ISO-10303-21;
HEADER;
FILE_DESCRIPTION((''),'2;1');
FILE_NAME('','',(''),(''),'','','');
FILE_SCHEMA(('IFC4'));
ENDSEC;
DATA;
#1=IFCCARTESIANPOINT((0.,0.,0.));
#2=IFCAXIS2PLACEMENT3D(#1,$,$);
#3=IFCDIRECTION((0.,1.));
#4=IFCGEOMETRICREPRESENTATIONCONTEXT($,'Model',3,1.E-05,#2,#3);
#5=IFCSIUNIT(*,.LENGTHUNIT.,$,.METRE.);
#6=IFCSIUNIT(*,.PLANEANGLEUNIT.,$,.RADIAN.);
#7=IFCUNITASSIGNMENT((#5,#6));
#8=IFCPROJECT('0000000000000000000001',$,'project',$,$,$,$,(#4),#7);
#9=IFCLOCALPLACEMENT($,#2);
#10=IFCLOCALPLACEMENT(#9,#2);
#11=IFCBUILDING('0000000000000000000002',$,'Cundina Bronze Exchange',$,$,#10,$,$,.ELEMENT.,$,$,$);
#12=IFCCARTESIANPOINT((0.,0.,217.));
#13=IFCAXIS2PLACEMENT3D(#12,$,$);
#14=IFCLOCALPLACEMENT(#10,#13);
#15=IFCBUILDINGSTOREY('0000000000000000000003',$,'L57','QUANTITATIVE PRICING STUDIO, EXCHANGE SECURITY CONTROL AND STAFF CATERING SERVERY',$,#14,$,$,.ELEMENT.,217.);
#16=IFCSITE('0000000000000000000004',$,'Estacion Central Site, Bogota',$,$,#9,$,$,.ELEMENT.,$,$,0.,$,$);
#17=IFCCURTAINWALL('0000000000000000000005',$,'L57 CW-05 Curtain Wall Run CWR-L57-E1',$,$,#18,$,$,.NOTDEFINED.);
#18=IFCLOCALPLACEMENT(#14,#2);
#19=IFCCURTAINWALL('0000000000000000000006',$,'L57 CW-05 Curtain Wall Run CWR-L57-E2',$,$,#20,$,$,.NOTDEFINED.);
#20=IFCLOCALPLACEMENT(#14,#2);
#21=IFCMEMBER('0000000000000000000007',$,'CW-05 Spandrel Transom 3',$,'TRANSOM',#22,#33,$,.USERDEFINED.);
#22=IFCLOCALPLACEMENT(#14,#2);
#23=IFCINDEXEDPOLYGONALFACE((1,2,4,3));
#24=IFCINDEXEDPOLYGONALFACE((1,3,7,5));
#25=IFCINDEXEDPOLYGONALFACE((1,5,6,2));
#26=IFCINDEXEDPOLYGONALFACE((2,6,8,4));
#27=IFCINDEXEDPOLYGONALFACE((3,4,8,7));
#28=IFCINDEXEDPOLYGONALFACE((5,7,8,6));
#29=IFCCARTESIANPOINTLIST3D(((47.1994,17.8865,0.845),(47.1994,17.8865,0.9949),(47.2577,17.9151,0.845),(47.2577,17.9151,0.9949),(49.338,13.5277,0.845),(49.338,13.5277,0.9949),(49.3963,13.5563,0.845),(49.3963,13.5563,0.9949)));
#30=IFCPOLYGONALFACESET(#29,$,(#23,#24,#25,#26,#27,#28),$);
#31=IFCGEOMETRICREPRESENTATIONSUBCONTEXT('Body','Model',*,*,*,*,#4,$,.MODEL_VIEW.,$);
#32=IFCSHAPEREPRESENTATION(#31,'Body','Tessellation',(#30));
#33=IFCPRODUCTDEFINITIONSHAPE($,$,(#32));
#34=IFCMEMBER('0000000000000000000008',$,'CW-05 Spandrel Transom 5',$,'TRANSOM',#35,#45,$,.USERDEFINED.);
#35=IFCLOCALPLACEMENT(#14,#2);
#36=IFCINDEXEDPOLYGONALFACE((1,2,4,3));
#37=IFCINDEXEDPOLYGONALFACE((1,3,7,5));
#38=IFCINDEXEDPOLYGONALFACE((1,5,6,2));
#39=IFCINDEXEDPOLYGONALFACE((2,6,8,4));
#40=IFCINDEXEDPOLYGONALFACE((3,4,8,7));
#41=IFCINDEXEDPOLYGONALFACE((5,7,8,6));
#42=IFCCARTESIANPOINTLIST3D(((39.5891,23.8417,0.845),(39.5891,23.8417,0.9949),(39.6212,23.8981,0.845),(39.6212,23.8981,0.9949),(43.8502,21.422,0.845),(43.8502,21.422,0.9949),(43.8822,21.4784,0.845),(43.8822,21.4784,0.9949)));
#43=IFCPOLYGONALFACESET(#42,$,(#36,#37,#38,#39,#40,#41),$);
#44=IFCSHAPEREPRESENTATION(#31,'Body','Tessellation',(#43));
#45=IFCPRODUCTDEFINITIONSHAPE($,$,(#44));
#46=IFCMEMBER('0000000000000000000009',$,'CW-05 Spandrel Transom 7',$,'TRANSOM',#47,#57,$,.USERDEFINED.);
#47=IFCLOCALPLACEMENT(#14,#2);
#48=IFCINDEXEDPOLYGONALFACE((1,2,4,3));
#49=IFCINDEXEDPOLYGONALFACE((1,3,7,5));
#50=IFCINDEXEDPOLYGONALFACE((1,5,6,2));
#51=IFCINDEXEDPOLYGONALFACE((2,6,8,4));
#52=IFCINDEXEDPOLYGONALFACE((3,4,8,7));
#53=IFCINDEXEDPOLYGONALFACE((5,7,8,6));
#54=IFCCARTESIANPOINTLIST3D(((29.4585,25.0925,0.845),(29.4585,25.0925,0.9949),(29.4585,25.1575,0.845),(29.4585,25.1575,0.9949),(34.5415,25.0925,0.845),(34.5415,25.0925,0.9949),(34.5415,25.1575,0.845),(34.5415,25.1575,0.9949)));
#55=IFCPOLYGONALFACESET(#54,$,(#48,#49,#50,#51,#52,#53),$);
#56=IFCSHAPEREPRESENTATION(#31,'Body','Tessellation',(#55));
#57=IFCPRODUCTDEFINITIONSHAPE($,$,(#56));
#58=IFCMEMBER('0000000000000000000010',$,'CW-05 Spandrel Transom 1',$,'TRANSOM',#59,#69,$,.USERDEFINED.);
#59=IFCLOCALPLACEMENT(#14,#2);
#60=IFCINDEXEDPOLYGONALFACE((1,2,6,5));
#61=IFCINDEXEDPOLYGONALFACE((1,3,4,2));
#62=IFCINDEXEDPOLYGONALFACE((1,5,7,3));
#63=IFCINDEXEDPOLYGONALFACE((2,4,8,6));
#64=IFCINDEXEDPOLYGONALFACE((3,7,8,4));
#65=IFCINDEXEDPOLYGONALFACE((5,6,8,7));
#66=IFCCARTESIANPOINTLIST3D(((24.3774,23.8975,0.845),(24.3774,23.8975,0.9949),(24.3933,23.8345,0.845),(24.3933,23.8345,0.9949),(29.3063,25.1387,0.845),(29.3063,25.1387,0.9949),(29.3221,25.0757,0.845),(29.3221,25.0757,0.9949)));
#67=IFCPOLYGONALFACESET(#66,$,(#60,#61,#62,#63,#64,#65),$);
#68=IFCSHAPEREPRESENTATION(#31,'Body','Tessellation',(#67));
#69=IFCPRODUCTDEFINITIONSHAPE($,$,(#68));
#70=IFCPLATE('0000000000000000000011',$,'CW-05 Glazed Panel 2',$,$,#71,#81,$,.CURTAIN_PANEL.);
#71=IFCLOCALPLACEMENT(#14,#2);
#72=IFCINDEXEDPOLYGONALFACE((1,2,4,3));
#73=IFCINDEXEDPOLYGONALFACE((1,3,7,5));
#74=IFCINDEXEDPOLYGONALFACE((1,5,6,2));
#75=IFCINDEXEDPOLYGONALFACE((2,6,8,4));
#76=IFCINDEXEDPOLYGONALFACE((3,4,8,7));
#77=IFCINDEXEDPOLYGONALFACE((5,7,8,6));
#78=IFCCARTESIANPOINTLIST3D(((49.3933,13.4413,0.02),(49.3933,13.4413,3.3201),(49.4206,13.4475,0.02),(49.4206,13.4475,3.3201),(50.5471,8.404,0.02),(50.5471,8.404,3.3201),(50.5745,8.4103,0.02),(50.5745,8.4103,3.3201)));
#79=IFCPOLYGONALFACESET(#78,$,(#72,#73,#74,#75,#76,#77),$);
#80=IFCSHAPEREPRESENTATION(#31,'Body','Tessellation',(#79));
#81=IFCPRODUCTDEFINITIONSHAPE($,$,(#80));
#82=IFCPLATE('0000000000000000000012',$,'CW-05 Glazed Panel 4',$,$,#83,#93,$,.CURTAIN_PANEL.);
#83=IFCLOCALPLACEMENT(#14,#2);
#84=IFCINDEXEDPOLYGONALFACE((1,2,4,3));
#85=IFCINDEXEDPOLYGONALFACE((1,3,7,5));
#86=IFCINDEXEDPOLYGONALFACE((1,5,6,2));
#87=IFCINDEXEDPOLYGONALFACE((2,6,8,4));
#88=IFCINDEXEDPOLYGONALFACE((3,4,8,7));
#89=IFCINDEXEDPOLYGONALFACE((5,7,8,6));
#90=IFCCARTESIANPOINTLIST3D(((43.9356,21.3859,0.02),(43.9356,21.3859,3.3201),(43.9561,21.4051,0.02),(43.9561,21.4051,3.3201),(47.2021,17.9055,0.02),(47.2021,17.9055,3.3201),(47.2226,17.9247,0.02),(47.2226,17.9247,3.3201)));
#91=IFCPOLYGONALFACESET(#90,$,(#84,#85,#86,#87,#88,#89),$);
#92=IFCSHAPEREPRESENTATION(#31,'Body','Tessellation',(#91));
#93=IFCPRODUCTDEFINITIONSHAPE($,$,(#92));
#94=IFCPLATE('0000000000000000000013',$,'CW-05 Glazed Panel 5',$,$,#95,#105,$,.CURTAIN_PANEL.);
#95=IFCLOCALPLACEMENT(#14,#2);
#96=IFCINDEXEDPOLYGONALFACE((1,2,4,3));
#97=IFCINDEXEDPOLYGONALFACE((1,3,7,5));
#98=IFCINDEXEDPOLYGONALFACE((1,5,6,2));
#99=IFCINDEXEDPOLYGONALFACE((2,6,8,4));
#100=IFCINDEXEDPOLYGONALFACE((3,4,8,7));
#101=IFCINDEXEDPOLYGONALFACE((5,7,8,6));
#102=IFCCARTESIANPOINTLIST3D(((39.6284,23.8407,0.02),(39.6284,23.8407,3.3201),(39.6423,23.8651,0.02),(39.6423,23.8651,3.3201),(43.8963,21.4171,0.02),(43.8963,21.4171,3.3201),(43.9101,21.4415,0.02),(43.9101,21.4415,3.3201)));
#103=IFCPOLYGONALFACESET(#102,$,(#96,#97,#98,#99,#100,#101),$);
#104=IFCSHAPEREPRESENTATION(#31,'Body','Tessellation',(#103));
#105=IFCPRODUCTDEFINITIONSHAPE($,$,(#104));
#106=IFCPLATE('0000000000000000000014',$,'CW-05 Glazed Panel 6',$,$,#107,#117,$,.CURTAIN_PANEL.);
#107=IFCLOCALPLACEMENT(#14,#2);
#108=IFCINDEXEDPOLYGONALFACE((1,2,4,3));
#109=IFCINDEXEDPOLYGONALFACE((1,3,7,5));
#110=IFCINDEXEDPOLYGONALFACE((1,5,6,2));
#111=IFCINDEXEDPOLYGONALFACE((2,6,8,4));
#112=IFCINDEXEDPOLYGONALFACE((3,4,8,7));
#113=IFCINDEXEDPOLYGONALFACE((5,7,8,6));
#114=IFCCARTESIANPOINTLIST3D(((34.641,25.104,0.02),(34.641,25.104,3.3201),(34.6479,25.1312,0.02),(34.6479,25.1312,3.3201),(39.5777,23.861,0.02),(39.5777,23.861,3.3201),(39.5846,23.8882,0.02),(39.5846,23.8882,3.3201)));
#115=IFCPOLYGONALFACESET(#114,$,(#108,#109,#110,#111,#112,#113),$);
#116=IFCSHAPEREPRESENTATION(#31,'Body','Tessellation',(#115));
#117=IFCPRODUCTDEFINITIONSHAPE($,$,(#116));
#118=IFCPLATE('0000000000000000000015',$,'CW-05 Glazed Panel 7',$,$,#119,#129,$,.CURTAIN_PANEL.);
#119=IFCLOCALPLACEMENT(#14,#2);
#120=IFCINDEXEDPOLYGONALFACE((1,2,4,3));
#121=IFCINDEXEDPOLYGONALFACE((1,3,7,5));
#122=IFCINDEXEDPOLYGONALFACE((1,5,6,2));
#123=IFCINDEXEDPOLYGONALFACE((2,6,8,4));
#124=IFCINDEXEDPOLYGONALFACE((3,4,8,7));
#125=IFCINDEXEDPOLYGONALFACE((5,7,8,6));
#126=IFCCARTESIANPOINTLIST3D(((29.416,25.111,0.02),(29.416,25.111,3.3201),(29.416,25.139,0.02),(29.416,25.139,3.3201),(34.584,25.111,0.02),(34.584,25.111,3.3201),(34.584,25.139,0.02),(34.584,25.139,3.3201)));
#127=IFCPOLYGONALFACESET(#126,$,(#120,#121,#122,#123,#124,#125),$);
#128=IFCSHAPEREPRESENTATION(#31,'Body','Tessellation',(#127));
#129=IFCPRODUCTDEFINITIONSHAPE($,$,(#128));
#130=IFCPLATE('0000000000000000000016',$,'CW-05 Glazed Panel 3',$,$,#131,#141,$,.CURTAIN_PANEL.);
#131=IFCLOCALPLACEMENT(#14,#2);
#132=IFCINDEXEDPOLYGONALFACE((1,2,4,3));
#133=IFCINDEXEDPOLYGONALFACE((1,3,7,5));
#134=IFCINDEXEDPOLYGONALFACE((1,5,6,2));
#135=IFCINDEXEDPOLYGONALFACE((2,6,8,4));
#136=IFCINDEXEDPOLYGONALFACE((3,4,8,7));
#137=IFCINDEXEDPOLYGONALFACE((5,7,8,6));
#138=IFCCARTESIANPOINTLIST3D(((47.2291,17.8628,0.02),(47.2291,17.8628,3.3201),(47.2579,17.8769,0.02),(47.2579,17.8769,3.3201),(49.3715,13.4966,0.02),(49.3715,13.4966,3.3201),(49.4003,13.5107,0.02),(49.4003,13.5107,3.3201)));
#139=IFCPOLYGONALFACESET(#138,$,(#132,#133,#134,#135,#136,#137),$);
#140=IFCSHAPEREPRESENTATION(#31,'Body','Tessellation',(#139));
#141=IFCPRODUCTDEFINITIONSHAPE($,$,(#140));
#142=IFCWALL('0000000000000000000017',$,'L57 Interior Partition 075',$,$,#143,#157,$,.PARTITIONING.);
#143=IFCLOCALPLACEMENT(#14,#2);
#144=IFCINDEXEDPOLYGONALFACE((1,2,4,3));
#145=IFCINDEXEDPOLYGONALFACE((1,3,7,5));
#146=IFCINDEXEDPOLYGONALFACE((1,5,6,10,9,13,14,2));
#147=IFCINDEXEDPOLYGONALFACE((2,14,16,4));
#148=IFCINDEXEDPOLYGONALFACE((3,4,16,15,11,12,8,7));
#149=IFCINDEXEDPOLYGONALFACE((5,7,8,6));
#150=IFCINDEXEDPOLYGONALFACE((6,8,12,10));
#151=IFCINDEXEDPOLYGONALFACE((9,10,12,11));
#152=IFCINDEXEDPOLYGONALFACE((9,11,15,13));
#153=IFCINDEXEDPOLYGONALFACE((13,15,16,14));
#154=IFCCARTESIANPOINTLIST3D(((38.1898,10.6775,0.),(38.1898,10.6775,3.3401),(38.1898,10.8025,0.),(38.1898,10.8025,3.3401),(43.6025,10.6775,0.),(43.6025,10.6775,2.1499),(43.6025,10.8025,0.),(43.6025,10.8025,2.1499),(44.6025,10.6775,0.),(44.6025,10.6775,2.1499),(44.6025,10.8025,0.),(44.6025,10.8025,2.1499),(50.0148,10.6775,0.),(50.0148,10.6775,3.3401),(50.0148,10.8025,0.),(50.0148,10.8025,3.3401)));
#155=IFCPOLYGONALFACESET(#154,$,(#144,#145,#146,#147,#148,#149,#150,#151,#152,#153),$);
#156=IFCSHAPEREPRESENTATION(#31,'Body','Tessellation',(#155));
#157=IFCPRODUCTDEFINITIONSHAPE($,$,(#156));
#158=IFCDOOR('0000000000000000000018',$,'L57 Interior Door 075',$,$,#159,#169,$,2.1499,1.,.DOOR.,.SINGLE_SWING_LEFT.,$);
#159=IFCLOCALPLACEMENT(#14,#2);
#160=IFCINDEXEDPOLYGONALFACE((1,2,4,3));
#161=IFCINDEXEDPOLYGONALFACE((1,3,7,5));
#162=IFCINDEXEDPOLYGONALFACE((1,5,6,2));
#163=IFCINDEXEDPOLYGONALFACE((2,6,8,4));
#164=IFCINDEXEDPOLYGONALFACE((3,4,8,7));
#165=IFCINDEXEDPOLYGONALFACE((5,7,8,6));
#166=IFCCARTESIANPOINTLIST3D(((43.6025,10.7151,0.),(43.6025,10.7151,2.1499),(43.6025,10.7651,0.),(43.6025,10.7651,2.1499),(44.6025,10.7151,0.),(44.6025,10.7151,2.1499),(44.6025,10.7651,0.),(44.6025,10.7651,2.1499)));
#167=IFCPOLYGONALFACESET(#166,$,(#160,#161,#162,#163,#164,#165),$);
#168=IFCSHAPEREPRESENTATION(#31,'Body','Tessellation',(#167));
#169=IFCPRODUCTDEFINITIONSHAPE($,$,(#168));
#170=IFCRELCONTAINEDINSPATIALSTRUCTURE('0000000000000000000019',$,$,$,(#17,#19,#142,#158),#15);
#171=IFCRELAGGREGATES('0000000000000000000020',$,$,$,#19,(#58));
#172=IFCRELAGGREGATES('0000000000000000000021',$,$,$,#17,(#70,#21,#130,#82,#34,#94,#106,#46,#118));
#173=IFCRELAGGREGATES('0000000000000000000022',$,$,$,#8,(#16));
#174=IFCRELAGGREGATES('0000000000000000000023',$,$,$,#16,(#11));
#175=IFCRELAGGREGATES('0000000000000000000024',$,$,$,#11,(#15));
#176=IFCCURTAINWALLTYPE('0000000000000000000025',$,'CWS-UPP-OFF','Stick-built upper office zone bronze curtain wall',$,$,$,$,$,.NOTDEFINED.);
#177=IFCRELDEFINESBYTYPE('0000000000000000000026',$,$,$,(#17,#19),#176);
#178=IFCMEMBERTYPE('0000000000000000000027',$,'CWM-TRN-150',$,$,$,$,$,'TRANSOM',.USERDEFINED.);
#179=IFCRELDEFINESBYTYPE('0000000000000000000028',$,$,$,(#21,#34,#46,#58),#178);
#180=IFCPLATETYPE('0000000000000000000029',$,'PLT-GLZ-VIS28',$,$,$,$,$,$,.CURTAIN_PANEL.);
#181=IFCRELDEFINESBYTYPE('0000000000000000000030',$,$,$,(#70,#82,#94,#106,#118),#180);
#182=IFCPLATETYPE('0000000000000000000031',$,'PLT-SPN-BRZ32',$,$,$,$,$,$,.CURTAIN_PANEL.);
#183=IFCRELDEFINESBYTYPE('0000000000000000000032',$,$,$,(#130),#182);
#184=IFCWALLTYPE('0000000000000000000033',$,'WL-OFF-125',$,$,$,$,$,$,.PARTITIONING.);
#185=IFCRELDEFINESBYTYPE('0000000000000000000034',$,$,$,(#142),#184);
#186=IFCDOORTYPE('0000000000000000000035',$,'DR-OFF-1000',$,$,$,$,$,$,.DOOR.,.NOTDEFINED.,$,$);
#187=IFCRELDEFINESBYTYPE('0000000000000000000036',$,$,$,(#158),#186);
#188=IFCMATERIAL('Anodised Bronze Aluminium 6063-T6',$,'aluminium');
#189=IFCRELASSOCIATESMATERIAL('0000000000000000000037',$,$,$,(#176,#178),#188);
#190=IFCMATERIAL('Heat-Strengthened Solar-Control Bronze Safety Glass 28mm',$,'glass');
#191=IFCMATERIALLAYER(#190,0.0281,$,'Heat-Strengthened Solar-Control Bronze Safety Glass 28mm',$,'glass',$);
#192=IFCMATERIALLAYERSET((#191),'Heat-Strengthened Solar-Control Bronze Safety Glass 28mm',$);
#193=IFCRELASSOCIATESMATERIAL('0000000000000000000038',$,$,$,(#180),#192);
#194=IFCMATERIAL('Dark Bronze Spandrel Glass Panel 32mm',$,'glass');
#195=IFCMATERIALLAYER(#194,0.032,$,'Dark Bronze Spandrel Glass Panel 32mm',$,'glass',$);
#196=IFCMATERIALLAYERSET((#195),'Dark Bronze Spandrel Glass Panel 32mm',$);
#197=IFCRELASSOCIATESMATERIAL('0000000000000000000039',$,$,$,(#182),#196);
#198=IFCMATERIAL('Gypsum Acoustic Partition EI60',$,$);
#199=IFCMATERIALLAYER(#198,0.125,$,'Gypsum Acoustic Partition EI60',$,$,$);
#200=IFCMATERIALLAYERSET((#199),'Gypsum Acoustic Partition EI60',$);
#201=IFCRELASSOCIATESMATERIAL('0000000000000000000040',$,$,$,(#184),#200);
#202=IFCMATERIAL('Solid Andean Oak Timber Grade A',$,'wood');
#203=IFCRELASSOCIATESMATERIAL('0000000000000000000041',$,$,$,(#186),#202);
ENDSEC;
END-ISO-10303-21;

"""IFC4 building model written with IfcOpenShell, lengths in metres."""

from ifc_helpers import new_model, si_unit, direction, frame, frame_2d, origin, origin_2d, place, context, subcontext, project, spatial, rectangle, extrude, material, layer, layer_set, material_profile, profile_set, type_object, element, fill, aggregate, save


model = new_model("IFC4")

# Units and contexts
model_context = context("Model", 3, precision=1e-05, world=origin(), true_north=direction((0.0, 1.0)))
body_context = subcontext(model_context, "Body", "Model", "MODEL_VIEW")
ifc_project = project(units=[si_unit("LENGTHUNIT", "METRE"), si_unit("PLANEANGLEUNIT", "RADIAN")], contexts=[model_context])

# Site, building, storey
site_placement = place(None, origin())
site = spatial("IfcSite", under=ifc_project, at=site_placement, Name="Estacion Central Site, Bogota", CompositionType="ELEMENT", RefElevation=0.0)
building_placement = place(site_placement, origin())
building = spatial("IfcBuilding", under=site, at=building_placement, Name="Cundina Bronze Exchange", CompositionType="ELEMENT")
storey_placement = place(building_placement, frame((0.0, 0.0, 217.0)))
storey = spatial("IfcBuildingStorey", under=building, at=storey_placement, Name="L57", Description="QUANTITATIVE PRICING STUDIO, EXCHANGE SECURITY CONTROL AND STAFF CATERING SERVERY", CompositionType="ELEMENT", Elevation=217.0)

# Curtain wall
ifc_material_1 = material(Name="Anodised Bronze Aluminium 6063-T6", Category="aluminium")
curtain_wall_type = type_object("IfcCurtainWallType", Name="CWS-UPP-OFF", Description="Stick-built upper office zone bronze curtain wall", PredefinedType="NOTDEFINED", material=ifc_material_1)
curtain_wall_1_placement = place(storey_placement, origin())
curtain_wall_1 = element("IfcCurtainWall", 1, at=curtain_wall_1_placement, inside=storey, type_object=curtain_wall_type, Name="L57 CW-05 Curtain Wall Run CWR-L57-E1", PredefinedType="NOTDEFINED")

# Curtain wall
curtain_wall_2_placement = place(storey_placement, origin())
curtain_wall_2 = element("IfcCurtainWall", 2, at=curtain_wall_2_placement, inside=storey, type_object=curtain_wall_type, Name="L57 CW-05 Curtain Wall Run CWR-L57-E2", PredefinedType="NOTDEFINED")

# Members
ifc_material_profile_1 = material_profile(ifc_material_1, rectangle(XDim=0.0649, YDim=0.1499, at=origin_2d()), Name="AL65X150", Category="aluminium")
ifc_profile_set_1 = profile_set([ifc_material_profile_1], Name="Anodised Bronze Aluminium 6063-T6")
member_type_1 = type_object("IfcMemberType", Name="CWM-TRN-150", ElementType="TRANSOM", PredefinedType="USERDEFINED", material=ifc_profile_set_1)
member_1_placement = place(storey_placement, frame((49.3672, 13.542, 0.9199), z_axis=(-0.440483, 0.897761, 0.0), x_axis=(-0.897761, -0.440483, 0.0)))
member_1 = element("IfcMember", 3, at=member_1_placement, type_object=member_type_1, Name="CW-05 Spandrel Transom 3", ObjectType="TRANSOM", PredefinedType="USERDEFINED", context=body_context, shape_type="SweptSolid", body=[
    extrude(rectangle(XDim=0.0649, YDim=0.1499, at=origin_2d()), origin(), (0.0, 0.0, 1.0), 4.8552),
])
member_2_placement = place(storey_placement, frame((43.8662, 21.4502, 0.9199), z_axis=(-0.869574, 0.493803, 0.0), x_axis=(-0.493803, -0.869574, 0.0)))
member_2 = element("IfcMember", 4, at=member_2_placement, type_object=member_type_1, Name="CW-05 Spandrel Transom 5", ObjectType="TRANSOM", PredefinedType="USERDEFINED", context=body_context, shape_type="SweptSolid", body=[
    extrude(rectangle(XDim=0.0649, YDim=0.1499, at=origin_2d()), origin(), (0.0, 0.0, 1.0), 4.9001),
])
member_3_placement = place(storey_placement, frame((34.5415, 25.125, 0.9199), z_axis=(-1.0, 0.0, 0.0), x_axis=(0.0, -1.0, 0.0)))
member_3 = element("IfcMember", 5, at=member_3_placement, type_object=member_type_1, Name="CW-05 Spandrel Transom 7", ObjectType="TRANSOM", PredefinedType="USERDEFINED", context=body_context, shape_type="SweptSolid", body=[
    extrude(rectangle(XDim=0.0649, YDim=0.1499, at=origin_2d()), origin(), (0.0, 0.0, 1.0), 5.083),
])
member_4_placement = place(storey_placement, frame((29.3142, 25.1072, 0.9199), z_axis=(-0.969726, -0.244197, 0.0), x_axis=(0.244197, -0.969726, 0.0)))
member_4 = element("IfcMember", 6, at=member_4_placement, type_object=member_type_1, Name="CW-05 Spandrel Transom 1", ObjectType="TRANSOM", PredefinedType="USERDEFINED", context=body_context, shape_type="SweptSolid", body=[
    extrude(rectangle(XDim=0.0649, YDim=0.1499, at=origin_2d()), origin(), (0.0, 0.0, 1.0), 5.0828),
])
aggregate(curtain_wall_2, [member_4])

# Plates
ifc_material_2 = material(Name="Heat-Strengthened Solar-Control Bronze Safety Glass 28mm", Category="glass")
ifc_layer_1 = layer(ifc_material_2, 0.0281, Name="Heat-Strengthened Solar-Control Bronze Safety Glass 28mm", Category="glass")
ifc_layer_set_1 = layer_set([ifc_layer_1], Name="Heat-Strengthened Solar-Control Bronze Safety Glass 28mm")
plate_type_1 = type_object("IfcPlateType", Name="PLT-GLZ-VIS28", PredefinedType="CURTAIN_PANEL", material=ifc_layer_set_1)
plate_1_placement = place(storey_placement, frame((49.9839, 10.9258, 0.02), z_axis=(0.0, 0.0, 1.0), x_axis=(-0.223284, 0.974753, 0.0)))
plate_1 = element("IfcPlate", 7, at=plate_1_placement, type_object=plate_type_1, Name="CW-05 Glazed Panel 2", PredefinedType="CURTAIN_PANEL", context=body_context, shape_type="SweptSolid", body=[
    extrude(rectangle(XDim=5.1677, YDim=0.0281, at=origin_2d()), origin(), (0.0, 0.0, 1.0), 3.3),
])
plate_2_placement = place(storey_placement, frame((45.5791, 19.6553, 0.02), z_axis=(0.0, 0.0, 1.0), x_axis=(-0.684344, 0.72916, 0.0)))
plate_2 = element("IfcPlate", 8, at=plate_2_placement, type_object=plate_type_1, Name="CW-05 Glazed Panel 4", PredefinedType="CURTAIN_PANEL", context=body_context, shape_type="SweptSolid", body=[
    extrude(rectangle(XDim=4.7732, YDim=0.0281, at=origin_2d()), origin(), (0.0, 0.0, 1.0), 3.3),
])
plate_3_placement = place(storey_placement, frame((41.7693, 22.6411, 0.02), z_axis=(0.0, 0.0, 1.0), x_axis=(-0.869573, 0.493805, 0.0)))
plate_3 = element("IfcPlate", 9, at=plate_3_placement, type_object=plate_type_1, Name="CW-05 Glazed Panel 5", PredefinedType="CURTAIN_PANEL", context=body_context, shape_type="SweptSolid", body=[
    extrude(rectangle(XDim=4.908, YDim=0.0281, at=origin_2d()), origin(), (0.0, 0.0, 1.0), 3.3),
])
plate_4_placement = place(storey_placement, frame((37.1128, 24.4961, 0.02), z_axis=(0.0, 0.0, 1.0), x_axis=(-0.969732, 0.244174, 0.0)))
plate_4 = element("IfcPlate", 10, at=plate_4_placement, type_object=plate_type_1, Name="CW-05 Glazed Panel 6", PredefinedType="CURTAIN_PANEL", context=body_context, shape_type="SweptSolid", body=[
    extrude(rectangle(XDim=5.0908, YDim=0.0281, at=origin_2d()), origin(), (0.0, 0.0, 1.0), 3.3),
])
plate_5_placement = place(storey_placement, frame((32.0, 25.125, 0.02), z_axis=(0.0, 0.0, 1.0), x_axis=(-1.0, 0.0, 0.0)))
plate_5 = element("IfcPlate", 11, at=plate_5_placement, type_object=plate_type_1, Name="CW-05 Glazed Panel 7", PredefinedType="CURTAIN_PANEL", context=body_context, shape_type="SweptSolid", body=[
    extrude(rectangle(XDim=5.168, YDim=0.0281, at=origin_2d()), origin(), (0.0, 0.0, 1.0), 3.3),
])
ifc_material_3 = material(Name="Dark Bronze Spandrel Glass Panel 32mm", Category="glass")
ifc_layer_2 = layer(ifc_material_3, 0.032, Name="Dark Bronze Spandrel Glass Panel 32mm", Category="glass")
ifc_layer_set_2 = layer_set([ifc_layer_2], Name="Dark Bronze Spandrel Glass Panel 32mm")
plate_type_2 = type_object("IfcPlateType", Name="PLT-SPN-BRZ32", PredefinedType="CURTAIN_PANEL", material=ifc_layer_set_2)
plate_6_placement = place(storey_placement, frame((48.3147, 15.6868, 0.02), z_axis=(0.0, 0.0, 1.0), x_axis=(-0.440503, 0.897751, 0.0)))
plate_6 = element("IfcPlate", 12, at=plate_6_placement, type_object=plate_type_2, Name="CW-05 Glazed Panel 3", PredefinedType="CURTAIN_PANEL", context=body_context, shape_type="SweptSolid", body=[
    extrude(rectangle(XDim=4.8635, YDim=0.032, at=origin_2d()), origin(), (0.0, 0.0, 1.0), 3.3),
])
aggregate(curtain_wall_1, [plate_1, member_1, plate_6, plate_2, member_2, plate_3, plate_4, member_3, plate_5])

# Wall, opening, door
ifc_material_4 = material(Name="Gypsum Acoustic Partition EI60")
ifc_layer_3 = layer(ifc_material_4, 0.125, Name="Gypsum Acoustic Partition EI60")
ifc_layer_set_3 = layer_set([ifc_layer_3], Name="Gypsum Acoustic Partition EI60")
wall_type = type_object("IfcWallType", Name="WL-OFF-125", PredefinedType="PARTITIONING", material=ifc_layer_set_3)
wall_1_placement = place(storey_placement, frame((50.0149, 10.74, 0.0), z_axis=(0.0, 0.0, 1.0), x_axis=(-1.0, 0.0, 0.0)))
wall_1 = element("IfcWall", 13, at=wall_1_placement, inside=storey, type_object=wall_type, Name="L57 Interior Partition 075", PredefinedType="PARTITIONING", context=body_context, shape_type="SweptSolid", body=[
    extrude(rectangle(XDim=11.825, YDim=0.125, at=frame_2d((5.9126, 0.0))), origin(), (0.0, 0.0, 1.0), 3.3401),
])
opening_1_placement = place(wall_1_placement, frame((5.4124, 0.0, 0.0)))
opening_1 = element("IfcOpeningElement", 14, at=opening_1_placement, cuts=wall_1, PredefinedType="OPENING", context=body_context, shape_type="SweptSolid", body=[
    extrude(rectangle(XDim=1.0, YDim=2.1499, at=frame_2d((0.5, 1.075))), frame((0.0, 0.0725, 0.0), z_axis=(0.0, -1.0, 0.0), x_axis=(1.0, 0.0, 0.0)), (0.0, 0.0, 1.0), 0.145),
])
ifc_material_5 = material(Name="Solid Andean Oak Timber Grade A", Category="wood")
door_type = type_object("IfcDoorType", Name="DR-OFF-1000", OperationType="NOTDEFINED", PredefinedType="DOOR", material=ifc_material_5)
door_1_placement = place(opening_1_placement, origin())
door_1 = element("IfcDoor", 15, at=door_1_placement, inside=storey, type_object=door_type, Name="L57 Interior Door 075", OperationType="SINGLE_SWING_LEFT", OverallHeight=2.1499, OverallWidth=1.0, PredefinedType="DOOR", context=body_context, shape_type="SweptSolid", body=[
    extrude(rectangle(XDim=1.0, YDim=2.1499, at=frame_2d((0.5, 1.075))), frame((0.0, 0.0249, 0.0), z_axis=(0.0, -1.0, 0.0), x_axis=(1.0, 0.0, 0.0)), (0.0, 0.0, 1.0), 0.05),
])
fill(opening_1, door_1)

save(model, "model.ifc")
